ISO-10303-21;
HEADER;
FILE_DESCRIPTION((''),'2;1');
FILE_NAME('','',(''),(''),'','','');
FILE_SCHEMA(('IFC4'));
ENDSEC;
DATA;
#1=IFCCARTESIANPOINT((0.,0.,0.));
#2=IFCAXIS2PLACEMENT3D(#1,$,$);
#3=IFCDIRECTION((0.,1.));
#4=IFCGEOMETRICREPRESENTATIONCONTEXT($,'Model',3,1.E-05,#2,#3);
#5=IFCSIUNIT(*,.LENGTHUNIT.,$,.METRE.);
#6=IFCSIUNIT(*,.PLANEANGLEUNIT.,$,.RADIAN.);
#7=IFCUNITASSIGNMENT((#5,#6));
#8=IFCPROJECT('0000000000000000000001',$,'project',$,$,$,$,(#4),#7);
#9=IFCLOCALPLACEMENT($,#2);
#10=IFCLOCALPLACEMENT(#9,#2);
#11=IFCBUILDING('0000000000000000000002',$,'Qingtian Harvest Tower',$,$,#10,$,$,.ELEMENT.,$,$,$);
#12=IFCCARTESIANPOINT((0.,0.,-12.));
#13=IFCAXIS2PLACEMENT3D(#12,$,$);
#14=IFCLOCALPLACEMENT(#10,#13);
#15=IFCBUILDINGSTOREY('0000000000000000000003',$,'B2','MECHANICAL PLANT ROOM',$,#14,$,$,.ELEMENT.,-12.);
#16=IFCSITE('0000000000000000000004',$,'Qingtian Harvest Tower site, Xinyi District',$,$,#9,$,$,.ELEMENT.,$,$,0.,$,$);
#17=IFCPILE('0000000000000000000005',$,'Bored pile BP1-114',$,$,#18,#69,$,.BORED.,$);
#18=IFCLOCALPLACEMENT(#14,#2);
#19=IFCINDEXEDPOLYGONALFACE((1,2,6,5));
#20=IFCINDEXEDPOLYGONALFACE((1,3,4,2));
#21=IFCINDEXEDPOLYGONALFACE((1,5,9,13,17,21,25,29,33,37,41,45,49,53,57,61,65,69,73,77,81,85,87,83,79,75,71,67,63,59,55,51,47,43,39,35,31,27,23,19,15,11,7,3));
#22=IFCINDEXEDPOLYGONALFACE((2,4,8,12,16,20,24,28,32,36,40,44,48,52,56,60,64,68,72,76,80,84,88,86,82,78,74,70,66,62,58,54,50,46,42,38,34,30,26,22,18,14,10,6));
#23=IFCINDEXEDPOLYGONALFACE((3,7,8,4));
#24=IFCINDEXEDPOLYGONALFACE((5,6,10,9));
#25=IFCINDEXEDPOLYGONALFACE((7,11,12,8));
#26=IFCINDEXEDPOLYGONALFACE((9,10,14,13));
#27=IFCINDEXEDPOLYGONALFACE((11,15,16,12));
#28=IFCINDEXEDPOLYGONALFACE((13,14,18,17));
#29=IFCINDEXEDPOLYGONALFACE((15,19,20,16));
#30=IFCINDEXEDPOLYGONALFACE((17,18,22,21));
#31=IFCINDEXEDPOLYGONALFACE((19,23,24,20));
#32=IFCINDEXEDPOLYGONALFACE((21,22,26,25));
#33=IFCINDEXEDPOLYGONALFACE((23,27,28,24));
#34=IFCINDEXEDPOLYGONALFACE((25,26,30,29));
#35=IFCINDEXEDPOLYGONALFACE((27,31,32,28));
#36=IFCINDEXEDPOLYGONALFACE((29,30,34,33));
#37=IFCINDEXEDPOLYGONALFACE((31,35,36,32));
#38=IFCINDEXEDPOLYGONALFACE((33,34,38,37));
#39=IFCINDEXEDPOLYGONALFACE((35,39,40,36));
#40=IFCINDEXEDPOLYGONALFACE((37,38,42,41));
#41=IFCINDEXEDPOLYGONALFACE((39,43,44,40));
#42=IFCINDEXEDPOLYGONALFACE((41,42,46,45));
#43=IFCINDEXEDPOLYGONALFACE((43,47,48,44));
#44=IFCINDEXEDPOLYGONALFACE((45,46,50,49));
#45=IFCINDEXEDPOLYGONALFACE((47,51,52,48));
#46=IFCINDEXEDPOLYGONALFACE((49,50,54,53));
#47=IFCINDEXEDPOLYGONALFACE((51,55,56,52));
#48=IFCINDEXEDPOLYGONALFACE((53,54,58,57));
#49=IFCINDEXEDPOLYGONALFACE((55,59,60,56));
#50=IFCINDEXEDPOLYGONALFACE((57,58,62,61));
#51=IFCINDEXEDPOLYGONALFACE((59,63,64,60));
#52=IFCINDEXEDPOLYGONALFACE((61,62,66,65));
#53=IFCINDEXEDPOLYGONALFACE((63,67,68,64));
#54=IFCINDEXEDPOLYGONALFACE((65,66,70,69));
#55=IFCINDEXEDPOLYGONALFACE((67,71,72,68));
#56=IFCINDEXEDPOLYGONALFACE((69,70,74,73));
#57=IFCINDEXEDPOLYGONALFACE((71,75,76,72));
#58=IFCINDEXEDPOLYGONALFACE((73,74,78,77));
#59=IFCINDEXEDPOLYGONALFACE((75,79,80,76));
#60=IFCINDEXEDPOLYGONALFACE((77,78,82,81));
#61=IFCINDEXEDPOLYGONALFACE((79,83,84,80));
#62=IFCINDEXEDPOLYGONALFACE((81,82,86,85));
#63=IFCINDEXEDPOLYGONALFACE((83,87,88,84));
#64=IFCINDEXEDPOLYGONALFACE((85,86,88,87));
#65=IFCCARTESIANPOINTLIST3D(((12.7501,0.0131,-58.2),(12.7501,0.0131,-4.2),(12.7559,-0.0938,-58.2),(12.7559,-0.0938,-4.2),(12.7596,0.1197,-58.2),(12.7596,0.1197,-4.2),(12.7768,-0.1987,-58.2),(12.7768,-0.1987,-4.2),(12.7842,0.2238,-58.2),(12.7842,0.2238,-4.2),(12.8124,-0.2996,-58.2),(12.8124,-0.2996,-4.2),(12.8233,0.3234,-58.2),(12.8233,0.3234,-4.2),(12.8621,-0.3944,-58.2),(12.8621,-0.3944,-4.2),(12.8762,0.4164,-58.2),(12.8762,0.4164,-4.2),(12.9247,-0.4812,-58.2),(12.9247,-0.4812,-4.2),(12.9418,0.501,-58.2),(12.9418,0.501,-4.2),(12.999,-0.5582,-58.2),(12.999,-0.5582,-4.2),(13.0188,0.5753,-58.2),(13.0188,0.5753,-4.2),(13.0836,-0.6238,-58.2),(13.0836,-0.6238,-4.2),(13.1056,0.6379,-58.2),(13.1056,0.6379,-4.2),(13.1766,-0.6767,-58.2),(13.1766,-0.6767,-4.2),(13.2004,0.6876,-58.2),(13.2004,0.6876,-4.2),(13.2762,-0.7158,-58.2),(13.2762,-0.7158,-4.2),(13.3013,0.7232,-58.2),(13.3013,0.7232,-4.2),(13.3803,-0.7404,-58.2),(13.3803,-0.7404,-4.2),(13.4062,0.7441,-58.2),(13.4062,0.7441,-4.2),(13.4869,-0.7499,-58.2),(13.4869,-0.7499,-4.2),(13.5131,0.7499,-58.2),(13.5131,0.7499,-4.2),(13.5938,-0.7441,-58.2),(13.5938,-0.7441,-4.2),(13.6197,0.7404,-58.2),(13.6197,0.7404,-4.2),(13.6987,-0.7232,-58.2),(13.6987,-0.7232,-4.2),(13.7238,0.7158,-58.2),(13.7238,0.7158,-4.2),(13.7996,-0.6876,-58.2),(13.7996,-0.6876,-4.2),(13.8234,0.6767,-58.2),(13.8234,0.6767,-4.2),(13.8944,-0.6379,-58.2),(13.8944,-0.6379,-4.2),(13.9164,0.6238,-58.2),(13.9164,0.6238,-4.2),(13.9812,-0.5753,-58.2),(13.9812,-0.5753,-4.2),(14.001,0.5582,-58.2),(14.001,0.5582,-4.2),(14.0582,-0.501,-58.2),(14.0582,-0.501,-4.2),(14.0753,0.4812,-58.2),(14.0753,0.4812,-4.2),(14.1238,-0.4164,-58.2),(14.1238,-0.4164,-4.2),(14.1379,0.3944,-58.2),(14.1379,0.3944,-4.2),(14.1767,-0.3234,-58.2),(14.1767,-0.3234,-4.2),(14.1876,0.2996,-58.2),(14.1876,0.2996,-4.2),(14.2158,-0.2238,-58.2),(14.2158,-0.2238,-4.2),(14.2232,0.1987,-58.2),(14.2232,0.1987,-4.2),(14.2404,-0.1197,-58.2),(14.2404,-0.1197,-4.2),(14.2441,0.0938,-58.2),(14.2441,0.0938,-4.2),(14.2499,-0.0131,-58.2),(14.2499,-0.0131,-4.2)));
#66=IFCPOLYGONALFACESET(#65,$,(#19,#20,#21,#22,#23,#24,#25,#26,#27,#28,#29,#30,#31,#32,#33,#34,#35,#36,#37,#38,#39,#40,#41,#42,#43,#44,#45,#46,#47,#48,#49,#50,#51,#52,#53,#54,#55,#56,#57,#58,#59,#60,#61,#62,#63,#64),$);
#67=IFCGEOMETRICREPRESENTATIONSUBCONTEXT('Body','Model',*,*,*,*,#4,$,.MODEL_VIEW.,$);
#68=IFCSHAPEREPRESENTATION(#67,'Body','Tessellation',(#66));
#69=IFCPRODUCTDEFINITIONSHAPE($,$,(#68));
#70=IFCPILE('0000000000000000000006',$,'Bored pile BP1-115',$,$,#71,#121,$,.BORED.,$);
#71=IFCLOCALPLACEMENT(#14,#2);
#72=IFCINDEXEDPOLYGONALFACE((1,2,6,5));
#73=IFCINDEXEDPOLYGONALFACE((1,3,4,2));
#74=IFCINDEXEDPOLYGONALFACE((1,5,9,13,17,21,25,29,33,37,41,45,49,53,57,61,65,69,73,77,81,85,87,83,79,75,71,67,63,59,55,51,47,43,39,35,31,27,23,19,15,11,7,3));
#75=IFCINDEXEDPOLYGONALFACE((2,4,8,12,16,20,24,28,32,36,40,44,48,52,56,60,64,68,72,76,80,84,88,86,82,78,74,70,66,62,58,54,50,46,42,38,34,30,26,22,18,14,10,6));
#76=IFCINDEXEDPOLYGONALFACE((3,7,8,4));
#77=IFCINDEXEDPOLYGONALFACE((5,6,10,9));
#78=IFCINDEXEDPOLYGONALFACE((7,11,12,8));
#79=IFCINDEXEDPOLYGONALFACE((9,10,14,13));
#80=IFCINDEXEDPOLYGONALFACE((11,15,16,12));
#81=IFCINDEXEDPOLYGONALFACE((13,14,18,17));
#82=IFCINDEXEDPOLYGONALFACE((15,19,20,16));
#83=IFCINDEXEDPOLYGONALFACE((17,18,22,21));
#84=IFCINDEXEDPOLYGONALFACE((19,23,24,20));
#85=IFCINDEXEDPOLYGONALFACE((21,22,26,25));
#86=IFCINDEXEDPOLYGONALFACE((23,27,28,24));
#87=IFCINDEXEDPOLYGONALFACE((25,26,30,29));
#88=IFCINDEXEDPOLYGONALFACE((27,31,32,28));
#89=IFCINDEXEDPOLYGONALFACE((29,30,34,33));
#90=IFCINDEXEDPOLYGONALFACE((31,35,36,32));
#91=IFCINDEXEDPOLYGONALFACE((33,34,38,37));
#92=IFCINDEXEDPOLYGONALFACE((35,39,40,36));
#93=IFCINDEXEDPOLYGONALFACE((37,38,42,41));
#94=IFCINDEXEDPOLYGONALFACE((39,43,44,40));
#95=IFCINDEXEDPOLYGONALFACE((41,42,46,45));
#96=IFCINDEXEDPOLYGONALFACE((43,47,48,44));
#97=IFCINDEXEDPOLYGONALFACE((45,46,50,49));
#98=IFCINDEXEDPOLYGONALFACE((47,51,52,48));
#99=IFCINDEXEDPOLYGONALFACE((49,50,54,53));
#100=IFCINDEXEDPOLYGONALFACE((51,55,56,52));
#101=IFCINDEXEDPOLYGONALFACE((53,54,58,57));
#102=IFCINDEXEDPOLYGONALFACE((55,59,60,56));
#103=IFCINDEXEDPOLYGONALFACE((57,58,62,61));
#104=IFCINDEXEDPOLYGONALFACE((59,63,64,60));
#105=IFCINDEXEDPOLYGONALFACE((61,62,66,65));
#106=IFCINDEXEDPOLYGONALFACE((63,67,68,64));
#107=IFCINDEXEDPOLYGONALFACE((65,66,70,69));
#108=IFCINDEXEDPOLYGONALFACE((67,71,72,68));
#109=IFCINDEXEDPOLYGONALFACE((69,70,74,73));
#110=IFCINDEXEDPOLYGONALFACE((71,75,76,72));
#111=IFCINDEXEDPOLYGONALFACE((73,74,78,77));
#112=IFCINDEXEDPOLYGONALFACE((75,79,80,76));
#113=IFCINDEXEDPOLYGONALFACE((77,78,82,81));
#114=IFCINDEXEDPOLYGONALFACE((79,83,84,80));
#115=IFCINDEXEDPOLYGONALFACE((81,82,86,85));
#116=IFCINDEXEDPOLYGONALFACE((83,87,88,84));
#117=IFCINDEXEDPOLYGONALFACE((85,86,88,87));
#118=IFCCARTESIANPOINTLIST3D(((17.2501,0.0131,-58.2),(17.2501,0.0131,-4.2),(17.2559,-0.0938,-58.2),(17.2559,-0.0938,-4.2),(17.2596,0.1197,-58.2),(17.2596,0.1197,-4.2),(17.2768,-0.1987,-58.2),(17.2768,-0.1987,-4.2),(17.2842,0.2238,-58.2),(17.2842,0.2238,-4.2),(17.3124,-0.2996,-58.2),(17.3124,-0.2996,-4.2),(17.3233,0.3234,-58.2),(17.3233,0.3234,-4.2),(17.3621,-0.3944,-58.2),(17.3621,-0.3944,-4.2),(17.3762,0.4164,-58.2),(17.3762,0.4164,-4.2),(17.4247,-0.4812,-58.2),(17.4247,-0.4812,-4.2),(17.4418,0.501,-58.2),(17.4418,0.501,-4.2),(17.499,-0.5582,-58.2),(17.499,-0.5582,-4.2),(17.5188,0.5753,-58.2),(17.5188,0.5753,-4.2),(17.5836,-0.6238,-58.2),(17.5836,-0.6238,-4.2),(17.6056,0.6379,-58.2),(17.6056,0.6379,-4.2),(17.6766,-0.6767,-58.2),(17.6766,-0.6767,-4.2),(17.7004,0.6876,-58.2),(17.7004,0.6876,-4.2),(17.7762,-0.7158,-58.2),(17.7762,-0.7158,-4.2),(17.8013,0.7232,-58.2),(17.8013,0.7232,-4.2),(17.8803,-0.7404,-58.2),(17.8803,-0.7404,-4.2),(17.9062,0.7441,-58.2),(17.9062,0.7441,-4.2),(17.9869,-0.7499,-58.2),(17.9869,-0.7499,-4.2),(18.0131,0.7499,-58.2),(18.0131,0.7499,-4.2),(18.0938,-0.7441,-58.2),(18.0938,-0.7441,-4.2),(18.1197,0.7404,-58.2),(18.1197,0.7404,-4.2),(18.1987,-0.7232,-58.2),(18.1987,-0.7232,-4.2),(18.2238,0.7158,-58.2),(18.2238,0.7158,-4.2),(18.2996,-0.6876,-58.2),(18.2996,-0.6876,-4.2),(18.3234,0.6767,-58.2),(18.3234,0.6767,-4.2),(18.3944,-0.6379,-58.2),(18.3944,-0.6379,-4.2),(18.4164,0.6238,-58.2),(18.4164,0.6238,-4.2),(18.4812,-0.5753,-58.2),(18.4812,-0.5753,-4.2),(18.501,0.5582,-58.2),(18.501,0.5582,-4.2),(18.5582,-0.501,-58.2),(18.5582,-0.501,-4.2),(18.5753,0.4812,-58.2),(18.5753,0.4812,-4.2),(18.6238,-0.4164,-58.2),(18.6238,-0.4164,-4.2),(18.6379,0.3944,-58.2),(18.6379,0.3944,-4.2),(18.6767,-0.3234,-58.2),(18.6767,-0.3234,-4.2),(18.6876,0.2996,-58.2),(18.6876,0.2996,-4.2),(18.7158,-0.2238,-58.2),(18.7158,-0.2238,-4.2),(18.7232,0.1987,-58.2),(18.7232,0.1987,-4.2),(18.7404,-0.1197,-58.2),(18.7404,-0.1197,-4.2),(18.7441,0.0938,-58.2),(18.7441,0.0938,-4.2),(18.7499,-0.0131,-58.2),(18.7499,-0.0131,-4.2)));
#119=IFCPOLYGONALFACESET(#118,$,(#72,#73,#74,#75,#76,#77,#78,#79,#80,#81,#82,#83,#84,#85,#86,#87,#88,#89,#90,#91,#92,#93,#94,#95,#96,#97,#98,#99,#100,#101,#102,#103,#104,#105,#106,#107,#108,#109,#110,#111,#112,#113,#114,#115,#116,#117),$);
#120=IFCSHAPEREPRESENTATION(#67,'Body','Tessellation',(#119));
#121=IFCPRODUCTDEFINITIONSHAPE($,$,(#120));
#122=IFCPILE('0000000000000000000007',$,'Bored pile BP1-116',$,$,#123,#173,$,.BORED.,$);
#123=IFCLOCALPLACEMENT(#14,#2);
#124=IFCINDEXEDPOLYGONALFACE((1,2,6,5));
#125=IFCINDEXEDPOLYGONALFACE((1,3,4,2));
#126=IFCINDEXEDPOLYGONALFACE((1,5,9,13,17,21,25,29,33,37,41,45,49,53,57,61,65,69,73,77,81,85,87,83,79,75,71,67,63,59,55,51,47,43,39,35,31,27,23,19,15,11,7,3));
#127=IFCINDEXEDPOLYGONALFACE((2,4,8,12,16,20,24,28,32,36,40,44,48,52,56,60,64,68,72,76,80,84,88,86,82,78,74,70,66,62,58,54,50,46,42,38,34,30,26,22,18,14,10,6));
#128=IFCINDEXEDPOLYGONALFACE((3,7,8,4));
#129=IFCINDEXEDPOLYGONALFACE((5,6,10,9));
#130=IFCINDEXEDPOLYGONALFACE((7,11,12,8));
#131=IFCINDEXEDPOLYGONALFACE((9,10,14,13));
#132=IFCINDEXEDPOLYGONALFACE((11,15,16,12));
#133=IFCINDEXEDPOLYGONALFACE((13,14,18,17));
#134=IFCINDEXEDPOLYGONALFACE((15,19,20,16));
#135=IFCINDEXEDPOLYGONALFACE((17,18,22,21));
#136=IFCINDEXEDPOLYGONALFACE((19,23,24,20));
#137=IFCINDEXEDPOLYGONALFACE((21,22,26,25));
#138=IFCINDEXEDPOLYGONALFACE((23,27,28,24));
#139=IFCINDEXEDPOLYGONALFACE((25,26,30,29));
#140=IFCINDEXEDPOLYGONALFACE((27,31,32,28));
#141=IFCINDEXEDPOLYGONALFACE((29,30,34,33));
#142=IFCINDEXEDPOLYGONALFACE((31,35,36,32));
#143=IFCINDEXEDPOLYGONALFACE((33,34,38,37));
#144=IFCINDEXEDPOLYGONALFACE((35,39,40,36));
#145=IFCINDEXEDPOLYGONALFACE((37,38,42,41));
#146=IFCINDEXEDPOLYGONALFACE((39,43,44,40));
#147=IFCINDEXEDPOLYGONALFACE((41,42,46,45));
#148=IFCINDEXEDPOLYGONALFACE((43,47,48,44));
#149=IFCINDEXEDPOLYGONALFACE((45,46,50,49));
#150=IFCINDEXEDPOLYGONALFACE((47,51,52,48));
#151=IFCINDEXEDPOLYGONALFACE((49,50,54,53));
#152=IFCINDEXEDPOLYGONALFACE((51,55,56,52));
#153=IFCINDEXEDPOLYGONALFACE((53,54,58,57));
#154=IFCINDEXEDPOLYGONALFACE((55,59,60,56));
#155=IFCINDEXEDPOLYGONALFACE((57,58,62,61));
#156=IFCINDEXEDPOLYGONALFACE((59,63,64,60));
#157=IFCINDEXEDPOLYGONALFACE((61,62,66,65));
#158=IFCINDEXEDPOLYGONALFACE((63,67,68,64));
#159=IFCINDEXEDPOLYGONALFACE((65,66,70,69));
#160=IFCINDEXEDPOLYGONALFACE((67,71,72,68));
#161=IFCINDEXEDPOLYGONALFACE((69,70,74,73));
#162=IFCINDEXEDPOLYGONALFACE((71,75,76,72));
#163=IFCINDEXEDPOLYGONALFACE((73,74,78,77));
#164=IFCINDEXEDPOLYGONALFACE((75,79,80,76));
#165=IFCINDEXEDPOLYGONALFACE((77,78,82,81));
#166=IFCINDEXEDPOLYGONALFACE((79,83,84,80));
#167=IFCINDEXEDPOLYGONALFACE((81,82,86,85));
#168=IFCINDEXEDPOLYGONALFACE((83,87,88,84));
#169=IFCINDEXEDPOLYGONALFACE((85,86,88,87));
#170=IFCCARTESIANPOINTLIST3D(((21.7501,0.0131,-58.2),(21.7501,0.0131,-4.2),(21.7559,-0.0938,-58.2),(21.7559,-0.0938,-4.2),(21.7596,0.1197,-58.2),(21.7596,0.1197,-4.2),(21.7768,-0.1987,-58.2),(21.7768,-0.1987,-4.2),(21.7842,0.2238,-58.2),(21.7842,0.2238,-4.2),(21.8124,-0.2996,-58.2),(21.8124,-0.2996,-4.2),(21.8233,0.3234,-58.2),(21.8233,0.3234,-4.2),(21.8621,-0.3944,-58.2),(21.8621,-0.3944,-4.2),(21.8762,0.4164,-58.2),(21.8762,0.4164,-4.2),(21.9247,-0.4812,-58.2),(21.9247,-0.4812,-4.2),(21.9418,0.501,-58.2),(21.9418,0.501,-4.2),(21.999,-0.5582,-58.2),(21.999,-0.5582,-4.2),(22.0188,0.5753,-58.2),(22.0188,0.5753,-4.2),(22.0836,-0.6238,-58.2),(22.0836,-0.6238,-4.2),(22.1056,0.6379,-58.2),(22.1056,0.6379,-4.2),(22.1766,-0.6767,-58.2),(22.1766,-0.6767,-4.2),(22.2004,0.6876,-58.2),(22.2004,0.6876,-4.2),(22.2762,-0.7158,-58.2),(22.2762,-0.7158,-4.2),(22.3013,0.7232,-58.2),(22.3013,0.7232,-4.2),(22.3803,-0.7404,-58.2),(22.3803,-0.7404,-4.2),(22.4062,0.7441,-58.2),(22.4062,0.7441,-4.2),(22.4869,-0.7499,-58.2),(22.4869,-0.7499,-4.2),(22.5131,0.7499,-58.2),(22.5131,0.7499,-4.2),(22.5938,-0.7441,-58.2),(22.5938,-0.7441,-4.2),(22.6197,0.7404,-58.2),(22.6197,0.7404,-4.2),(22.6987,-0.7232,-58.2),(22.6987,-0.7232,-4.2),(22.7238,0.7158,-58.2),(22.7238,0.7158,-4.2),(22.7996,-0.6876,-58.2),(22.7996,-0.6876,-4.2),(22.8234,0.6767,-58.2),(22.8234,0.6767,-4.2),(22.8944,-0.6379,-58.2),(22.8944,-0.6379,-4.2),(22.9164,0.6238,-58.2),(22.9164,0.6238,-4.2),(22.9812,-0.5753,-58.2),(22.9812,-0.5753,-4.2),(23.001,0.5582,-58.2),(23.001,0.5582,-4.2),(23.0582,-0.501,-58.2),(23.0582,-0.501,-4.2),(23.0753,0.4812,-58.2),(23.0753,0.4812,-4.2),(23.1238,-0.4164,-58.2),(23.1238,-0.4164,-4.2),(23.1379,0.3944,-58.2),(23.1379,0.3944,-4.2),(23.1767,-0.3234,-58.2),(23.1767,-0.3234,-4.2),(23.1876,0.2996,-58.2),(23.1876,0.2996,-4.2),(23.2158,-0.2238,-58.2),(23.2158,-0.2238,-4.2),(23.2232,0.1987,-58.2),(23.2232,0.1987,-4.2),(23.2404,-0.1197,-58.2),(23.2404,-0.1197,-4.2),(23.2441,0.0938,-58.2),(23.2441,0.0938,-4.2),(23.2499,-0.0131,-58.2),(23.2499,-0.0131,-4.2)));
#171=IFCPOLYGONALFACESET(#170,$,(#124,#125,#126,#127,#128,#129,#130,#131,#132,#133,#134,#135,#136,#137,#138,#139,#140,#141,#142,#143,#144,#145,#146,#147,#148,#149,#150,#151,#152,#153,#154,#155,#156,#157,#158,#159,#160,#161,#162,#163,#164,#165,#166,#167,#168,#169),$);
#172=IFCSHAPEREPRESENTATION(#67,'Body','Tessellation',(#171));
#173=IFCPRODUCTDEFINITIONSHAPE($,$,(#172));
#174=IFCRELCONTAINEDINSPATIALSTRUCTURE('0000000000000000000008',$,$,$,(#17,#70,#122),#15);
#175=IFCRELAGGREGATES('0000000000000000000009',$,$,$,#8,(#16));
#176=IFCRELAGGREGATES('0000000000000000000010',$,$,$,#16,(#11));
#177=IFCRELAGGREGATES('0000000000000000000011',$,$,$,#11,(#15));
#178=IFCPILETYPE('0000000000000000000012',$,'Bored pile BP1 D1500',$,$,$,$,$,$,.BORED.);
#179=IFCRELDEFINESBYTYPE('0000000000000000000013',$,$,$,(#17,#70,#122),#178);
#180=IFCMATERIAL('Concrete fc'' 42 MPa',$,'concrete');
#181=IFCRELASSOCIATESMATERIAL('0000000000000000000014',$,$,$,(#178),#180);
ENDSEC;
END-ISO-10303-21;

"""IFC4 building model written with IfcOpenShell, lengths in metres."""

from ifc_helpers import new_model, si_unit, direction, frame, frame_2d, origin, place, context, subcontext, project, spatial, circle, extrude, material, material_profile, profile_set, type_object, element, save


model = new_model("IFC4")

# Units and contexts
model_context = context("Model", 3, precision=1e-05, world=origin(), true_north=direction((0.0, 1.0)))
body_context = subcontext(model_context, "Body", "Model", "MODEL_VIEW")
ifc_project = project(units=[si_unit("LENGTHUNIT", "METRE"), si_unit("PLANEANGLEUNIT", "RADIAN")], contexts=[model_context])

# Site, building, storey
site_placement = place(None, origin())
site = spatial("IfcSite", under=ifc_project, at=site_placement, Name="Qingtian Harvest Tower site, Xinyi District", CompositionType="ELEMENT", RefElevation=0.0)
building_placement = place(site_placement, origin())
building = spatial("IfcBuilding", under=site, at=building_placement, Name="Qingtian Harvest Tower", CompositionType="ELEMENT")
storey_placement = place(building_placement, frame((0.0, 0.0, -12.0)))
storey = spatial("IfcBuildingStorey", under=building, at=storey_placement, Name="B2", Description="MECHANICAL PLANT ROOM", CompositionType="ELEMENT", Elevation=-12.0)

# Piles
ifc_material_1 = material(Name="Concrete fc' 42 MPa", Category="concrete")
ifc_material_profile_1 = material_profile(ifc_material_1, circle(Radius=0.75, at=frame_2d((0.0, 0.0), x_axis=(0.999848, 0.017452))), Name="Bored pile BP1 D1500")
ifc_profile_set_1 = profile_set([ifc_material_profile_1], Name="Concrete fc' 42 MPa")
pile_type = type_object("IfcPileType", Name="Bored pile BP1 D1500", PredefinedType="BORED", material=ifc_profile_set_1)
for number, where, z_axis, x_axis, name in (
    (1, (13.5, 0.0, -4.2), (0.0, 0.0, -1.0), (1.0, 0.0, 0.0), "Bored pile BP1-114"),
    (2, (18.0, 0.0, -4.2), (0.0, 0.0, -1.0), (1.0, 0.0, 0.0), "Bored pile BP1-115"),
    (3, (22.5, 0.0, -4.2), (0.0, 0.0, -1.0), (1.0, 0.0, 0.0), "Bored pile BP1-116"),
):
    element("IfcPile", number, at=place(storey_placement, frame(where, z_axis=z_axis, x_axis=x_axis)), inside=storey, type_object=pile_type, Name=name, PredefinedType="BORED", context=body_context, shape_type="SweptSolid", body=[
        extrude(circle(Radius=0.75, at=frame_2d((0.0, 0.0), x_axis=(0.999848, 0.017452))), origin(), (0.0, 0.0, 1.0), 54.0),
    ])

save(model, "model.ifc")
